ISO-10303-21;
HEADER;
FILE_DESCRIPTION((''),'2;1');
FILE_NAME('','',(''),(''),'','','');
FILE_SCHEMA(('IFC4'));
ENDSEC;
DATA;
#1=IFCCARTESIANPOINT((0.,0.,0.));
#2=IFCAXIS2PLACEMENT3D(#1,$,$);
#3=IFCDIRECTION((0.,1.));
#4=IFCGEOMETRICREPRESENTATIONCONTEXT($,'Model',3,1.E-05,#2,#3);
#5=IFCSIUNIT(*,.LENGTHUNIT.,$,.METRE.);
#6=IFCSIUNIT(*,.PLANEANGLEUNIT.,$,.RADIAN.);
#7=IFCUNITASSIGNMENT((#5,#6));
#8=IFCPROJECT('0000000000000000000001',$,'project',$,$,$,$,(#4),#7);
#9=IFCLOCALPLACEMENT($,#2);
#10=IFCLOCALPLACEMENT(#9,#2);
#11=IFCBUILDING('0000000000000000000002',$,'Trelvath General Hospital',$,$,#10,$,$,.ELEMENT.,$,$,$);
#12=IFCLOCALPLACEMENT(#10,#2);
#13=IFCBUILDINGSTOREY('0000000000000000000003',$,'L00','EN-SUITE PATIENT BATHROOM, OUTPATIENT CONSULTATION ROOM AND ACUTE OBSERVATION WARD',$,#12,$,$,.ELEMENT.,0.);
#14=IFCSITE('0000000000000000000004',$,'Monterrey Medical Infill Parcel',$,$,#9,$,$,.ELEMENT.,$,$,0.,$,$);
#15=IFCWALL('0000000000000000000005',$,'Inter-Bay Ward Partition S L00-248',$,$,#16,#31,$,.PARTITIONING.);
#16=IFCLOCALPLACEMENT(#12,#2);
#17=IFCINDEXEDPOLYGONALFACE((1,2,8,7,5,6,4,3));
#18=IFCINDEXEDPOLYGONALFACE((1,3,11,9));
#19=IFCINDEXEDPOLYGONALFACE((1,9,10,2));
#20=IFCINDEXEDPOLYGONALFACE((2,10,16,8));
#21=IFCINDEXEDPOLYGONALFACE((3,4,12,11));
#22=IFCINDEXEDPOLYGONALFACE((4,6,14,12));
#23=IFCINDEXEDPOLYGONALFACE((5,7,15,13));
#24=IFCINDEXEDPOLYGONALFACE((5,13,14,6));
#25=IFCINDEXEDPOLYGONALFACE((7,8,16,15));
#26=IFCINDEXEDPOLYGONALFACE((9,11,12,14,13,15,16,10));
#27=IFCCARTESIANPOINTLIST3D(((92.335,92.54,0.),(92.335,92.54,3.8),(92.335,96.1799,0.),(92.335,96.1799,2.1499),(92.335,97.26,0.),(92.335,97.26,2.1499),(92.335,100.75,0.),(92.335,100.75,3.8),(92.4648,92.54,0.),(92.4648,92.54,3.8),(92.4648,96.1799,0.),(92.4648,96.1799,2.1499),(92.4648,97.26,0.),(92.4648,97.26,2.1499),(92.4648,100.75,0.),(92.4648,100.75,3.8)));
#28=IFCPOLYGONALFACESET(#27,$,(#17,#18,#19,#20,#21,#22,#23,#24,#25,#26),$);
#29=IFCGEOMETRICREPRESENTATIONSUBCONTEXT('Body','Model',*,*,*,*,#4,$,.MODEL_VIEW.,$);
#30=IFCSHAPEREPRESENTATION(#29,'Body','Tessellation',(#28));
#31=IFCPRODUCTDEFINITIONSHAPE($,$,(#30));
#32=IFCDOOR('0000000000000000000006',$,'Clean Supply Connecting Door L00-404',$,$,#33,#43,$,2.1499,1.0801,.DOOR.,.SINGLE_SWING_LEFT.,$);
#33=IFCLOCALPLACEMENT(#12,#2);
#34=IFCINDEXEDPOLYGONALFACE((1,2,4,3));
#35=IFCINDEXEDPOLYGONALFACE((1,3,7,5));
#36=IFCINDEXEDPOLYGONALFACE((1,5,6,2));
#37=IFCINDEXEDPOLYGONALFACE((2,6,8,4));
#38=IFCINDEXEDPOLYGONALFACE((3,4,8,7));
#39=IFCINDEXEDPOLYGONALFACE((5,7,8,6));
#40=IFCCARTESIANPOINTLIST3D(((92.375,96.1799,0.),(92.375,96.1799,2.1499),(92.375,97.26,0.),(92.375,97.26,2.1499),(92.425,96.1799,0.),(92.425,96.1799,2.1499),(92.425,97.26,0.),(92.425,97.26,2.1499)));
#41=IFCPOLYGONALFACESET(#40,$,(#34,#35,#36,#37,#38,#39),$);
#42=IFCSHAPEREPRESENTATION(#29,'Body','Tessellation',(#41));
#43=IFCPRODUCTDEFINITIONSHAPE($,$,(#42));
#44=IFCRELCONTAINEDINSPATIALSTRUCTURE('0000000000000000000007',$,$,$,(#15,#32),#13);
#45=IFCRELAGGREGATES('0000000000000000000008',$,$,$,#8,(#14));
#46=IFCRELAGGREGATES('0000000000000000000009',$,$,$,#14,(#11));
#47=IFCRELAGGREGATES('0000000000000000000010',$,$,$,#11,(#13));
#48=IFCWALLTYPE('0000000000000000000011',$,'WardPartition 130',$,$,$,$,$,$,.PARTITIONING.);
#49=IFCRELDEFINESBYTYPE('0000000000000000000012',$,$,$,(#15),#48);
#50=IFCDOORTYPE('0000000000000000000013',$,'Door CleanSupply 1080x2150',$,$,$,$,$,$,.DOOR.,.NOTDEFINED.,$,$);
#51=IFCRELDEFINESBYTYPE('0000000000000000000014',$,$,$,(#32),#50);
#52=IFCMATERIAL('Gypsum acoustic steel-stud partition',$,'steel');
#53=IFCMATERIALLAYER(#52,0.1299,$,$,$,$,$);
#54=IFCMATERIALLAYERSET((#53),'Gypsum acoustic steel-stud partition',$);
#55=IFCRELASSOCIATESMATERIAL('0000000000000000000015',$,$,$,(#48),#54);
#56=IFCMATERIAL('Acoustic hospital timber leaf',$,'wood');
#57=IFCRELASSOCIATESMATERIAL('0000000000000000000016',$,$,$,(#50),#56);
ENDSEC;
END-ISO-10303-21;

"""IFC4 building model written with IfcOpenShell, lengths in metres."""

from ifc_helpers import new_model, si_unit, direction, frame, frame_2d, origin, place, context, subcontext, project, spatial, rectangle, extrude, material, layer, layer_set, type_object, element, fill, save


model = new_model("IFC4")

# Units and contexts
model_context = context("Model", 3, precision=1e-05, world=origin(), true_north=direction((0.0, 1.0)))
body_context = subcontext(model_context, "Body", "Model", "MODEL_VIEW")
ifc_project = project(units=[si_unit("LENGTHUNIT", "METRE"), si_unit("PLANEANGLEUNIT", "RADIAN")], contexts=[model_context])

# Site, building, storey
site_placement = place(None, origin())
site = spatial("IfcSite", under=ifc_project, at=site_placement, Name="Monterrey Medical Infill Parcel", CompositionType="ELEMENT", RefElevation=0.0)
building_placement = place(site_placement, origin())
building = spatial("IfcBuilding", under=site, at=building_placement, Name="Trelvath General Hospital", CompositionType="ELEMENT")
storey_placement = place(building_placement, origin())
storey = spatial("IfcBuildingStorey", under=building, at=storey_placement, Name="L00", Description="EN-SUITE PATIENT BATHROOM, OUTPATIENT CONSULTATION ROOM AND ACUTE OBSERVATION WARD", CompositionType="ELEMENT", Elevation=0.0)

# Wall, opening, door
ifc_material_1 = material(Name="Gypsum acoustic steel-stud partition", Category="steel")
ifc_layer_1 = layer(ifc_material_1, 0.1299)
ifc_layer_set_1 = layer_set([ifc_layer_1], Name="Gypsum acoustic steel-stud partition")
wall_type_1 = type_object("IfcWallType", Name="WardPartition 130", PredefinedType="PARTITIONING", material=ifc_layer_set_1)
wall_1_placement = place(storey_placement, frame((92.3999, 92.54, 0.0), z_axis=(0.0, 0.0, 1.0), x_axis=(0.0, 1.0, 0.0)))
wall_1 = element("IfcWall", 1, at=wall_1_placement, inside=storey, type_object=wall_type_1, Name="Inter-Bay Ward Partition S L00-248", PredefinedType="PARTITIONING", context=body_context, shape_type="SweptSolid", body=[
    extrude(rectangle(XDim=8.21, YDim=0.1299, at=frame_2d((4.105, 0.0))), origin(), (0.0, 0.0, 1.0), 3.8),
])
opening_1_placement = place(wall_1_placement, frame((3.6399, 0.0, 0.0)))
opening_1 = element("IfcOpeningElement", 2, at=opening_1_placement, cuts=wall_1, PredefinedType="OPENING", context=body_context, shape_type="SweptSolid", body=[
    extrude(rectangle(XDim=1.0801, YDim=2.1499, at=frame_2d((0.54, 1.075))), frame((0.0, 0.075, 0.0), z_axis=(0.0, -1.0, 0.0), x_axis=(1.0, 0.0, 0.0)), (0.0, 0.0, 1.0), 0.1499),
])
ifc_material_2 = material(Name="Acoustic hospital timber leaf", Category="wood")
door_type_1 = type_object("IfcDoorType", Name="Door CleanSupply 1080x2150", OperationType="NOTDEFINED", PredefinedType="DOOR", material=ifc_material_2)
door_1_placement = place(opening_1_placement, origin())
door_1 = element("IfcDoor", 3, at=door_1_placement, inside=storey, type_object=door_type_1, Name="Clean Supply Connecting Door L00-404", OperationType="SINGLE_SWING_LEFT", OverallHeight=2.1499, OverallWidth=1.0801, PredefinedType="DOOR", context=body_context, shape_type="SweptSolid", body=[
    extrude(rectangle(XDim=1.0801, YDim=2.1499, at=frame_2d((0.54, 1.075))), frame((0.0, 0.0249, 0.0), z_axis=(0.0, -1.0, 0.0), x_axis=(1.0, 0.0, 0.0)), (0.0, 0.0, 1.0), 0.05),
])
fill(opening_1, door_1)

save(model, "model.ifc")
